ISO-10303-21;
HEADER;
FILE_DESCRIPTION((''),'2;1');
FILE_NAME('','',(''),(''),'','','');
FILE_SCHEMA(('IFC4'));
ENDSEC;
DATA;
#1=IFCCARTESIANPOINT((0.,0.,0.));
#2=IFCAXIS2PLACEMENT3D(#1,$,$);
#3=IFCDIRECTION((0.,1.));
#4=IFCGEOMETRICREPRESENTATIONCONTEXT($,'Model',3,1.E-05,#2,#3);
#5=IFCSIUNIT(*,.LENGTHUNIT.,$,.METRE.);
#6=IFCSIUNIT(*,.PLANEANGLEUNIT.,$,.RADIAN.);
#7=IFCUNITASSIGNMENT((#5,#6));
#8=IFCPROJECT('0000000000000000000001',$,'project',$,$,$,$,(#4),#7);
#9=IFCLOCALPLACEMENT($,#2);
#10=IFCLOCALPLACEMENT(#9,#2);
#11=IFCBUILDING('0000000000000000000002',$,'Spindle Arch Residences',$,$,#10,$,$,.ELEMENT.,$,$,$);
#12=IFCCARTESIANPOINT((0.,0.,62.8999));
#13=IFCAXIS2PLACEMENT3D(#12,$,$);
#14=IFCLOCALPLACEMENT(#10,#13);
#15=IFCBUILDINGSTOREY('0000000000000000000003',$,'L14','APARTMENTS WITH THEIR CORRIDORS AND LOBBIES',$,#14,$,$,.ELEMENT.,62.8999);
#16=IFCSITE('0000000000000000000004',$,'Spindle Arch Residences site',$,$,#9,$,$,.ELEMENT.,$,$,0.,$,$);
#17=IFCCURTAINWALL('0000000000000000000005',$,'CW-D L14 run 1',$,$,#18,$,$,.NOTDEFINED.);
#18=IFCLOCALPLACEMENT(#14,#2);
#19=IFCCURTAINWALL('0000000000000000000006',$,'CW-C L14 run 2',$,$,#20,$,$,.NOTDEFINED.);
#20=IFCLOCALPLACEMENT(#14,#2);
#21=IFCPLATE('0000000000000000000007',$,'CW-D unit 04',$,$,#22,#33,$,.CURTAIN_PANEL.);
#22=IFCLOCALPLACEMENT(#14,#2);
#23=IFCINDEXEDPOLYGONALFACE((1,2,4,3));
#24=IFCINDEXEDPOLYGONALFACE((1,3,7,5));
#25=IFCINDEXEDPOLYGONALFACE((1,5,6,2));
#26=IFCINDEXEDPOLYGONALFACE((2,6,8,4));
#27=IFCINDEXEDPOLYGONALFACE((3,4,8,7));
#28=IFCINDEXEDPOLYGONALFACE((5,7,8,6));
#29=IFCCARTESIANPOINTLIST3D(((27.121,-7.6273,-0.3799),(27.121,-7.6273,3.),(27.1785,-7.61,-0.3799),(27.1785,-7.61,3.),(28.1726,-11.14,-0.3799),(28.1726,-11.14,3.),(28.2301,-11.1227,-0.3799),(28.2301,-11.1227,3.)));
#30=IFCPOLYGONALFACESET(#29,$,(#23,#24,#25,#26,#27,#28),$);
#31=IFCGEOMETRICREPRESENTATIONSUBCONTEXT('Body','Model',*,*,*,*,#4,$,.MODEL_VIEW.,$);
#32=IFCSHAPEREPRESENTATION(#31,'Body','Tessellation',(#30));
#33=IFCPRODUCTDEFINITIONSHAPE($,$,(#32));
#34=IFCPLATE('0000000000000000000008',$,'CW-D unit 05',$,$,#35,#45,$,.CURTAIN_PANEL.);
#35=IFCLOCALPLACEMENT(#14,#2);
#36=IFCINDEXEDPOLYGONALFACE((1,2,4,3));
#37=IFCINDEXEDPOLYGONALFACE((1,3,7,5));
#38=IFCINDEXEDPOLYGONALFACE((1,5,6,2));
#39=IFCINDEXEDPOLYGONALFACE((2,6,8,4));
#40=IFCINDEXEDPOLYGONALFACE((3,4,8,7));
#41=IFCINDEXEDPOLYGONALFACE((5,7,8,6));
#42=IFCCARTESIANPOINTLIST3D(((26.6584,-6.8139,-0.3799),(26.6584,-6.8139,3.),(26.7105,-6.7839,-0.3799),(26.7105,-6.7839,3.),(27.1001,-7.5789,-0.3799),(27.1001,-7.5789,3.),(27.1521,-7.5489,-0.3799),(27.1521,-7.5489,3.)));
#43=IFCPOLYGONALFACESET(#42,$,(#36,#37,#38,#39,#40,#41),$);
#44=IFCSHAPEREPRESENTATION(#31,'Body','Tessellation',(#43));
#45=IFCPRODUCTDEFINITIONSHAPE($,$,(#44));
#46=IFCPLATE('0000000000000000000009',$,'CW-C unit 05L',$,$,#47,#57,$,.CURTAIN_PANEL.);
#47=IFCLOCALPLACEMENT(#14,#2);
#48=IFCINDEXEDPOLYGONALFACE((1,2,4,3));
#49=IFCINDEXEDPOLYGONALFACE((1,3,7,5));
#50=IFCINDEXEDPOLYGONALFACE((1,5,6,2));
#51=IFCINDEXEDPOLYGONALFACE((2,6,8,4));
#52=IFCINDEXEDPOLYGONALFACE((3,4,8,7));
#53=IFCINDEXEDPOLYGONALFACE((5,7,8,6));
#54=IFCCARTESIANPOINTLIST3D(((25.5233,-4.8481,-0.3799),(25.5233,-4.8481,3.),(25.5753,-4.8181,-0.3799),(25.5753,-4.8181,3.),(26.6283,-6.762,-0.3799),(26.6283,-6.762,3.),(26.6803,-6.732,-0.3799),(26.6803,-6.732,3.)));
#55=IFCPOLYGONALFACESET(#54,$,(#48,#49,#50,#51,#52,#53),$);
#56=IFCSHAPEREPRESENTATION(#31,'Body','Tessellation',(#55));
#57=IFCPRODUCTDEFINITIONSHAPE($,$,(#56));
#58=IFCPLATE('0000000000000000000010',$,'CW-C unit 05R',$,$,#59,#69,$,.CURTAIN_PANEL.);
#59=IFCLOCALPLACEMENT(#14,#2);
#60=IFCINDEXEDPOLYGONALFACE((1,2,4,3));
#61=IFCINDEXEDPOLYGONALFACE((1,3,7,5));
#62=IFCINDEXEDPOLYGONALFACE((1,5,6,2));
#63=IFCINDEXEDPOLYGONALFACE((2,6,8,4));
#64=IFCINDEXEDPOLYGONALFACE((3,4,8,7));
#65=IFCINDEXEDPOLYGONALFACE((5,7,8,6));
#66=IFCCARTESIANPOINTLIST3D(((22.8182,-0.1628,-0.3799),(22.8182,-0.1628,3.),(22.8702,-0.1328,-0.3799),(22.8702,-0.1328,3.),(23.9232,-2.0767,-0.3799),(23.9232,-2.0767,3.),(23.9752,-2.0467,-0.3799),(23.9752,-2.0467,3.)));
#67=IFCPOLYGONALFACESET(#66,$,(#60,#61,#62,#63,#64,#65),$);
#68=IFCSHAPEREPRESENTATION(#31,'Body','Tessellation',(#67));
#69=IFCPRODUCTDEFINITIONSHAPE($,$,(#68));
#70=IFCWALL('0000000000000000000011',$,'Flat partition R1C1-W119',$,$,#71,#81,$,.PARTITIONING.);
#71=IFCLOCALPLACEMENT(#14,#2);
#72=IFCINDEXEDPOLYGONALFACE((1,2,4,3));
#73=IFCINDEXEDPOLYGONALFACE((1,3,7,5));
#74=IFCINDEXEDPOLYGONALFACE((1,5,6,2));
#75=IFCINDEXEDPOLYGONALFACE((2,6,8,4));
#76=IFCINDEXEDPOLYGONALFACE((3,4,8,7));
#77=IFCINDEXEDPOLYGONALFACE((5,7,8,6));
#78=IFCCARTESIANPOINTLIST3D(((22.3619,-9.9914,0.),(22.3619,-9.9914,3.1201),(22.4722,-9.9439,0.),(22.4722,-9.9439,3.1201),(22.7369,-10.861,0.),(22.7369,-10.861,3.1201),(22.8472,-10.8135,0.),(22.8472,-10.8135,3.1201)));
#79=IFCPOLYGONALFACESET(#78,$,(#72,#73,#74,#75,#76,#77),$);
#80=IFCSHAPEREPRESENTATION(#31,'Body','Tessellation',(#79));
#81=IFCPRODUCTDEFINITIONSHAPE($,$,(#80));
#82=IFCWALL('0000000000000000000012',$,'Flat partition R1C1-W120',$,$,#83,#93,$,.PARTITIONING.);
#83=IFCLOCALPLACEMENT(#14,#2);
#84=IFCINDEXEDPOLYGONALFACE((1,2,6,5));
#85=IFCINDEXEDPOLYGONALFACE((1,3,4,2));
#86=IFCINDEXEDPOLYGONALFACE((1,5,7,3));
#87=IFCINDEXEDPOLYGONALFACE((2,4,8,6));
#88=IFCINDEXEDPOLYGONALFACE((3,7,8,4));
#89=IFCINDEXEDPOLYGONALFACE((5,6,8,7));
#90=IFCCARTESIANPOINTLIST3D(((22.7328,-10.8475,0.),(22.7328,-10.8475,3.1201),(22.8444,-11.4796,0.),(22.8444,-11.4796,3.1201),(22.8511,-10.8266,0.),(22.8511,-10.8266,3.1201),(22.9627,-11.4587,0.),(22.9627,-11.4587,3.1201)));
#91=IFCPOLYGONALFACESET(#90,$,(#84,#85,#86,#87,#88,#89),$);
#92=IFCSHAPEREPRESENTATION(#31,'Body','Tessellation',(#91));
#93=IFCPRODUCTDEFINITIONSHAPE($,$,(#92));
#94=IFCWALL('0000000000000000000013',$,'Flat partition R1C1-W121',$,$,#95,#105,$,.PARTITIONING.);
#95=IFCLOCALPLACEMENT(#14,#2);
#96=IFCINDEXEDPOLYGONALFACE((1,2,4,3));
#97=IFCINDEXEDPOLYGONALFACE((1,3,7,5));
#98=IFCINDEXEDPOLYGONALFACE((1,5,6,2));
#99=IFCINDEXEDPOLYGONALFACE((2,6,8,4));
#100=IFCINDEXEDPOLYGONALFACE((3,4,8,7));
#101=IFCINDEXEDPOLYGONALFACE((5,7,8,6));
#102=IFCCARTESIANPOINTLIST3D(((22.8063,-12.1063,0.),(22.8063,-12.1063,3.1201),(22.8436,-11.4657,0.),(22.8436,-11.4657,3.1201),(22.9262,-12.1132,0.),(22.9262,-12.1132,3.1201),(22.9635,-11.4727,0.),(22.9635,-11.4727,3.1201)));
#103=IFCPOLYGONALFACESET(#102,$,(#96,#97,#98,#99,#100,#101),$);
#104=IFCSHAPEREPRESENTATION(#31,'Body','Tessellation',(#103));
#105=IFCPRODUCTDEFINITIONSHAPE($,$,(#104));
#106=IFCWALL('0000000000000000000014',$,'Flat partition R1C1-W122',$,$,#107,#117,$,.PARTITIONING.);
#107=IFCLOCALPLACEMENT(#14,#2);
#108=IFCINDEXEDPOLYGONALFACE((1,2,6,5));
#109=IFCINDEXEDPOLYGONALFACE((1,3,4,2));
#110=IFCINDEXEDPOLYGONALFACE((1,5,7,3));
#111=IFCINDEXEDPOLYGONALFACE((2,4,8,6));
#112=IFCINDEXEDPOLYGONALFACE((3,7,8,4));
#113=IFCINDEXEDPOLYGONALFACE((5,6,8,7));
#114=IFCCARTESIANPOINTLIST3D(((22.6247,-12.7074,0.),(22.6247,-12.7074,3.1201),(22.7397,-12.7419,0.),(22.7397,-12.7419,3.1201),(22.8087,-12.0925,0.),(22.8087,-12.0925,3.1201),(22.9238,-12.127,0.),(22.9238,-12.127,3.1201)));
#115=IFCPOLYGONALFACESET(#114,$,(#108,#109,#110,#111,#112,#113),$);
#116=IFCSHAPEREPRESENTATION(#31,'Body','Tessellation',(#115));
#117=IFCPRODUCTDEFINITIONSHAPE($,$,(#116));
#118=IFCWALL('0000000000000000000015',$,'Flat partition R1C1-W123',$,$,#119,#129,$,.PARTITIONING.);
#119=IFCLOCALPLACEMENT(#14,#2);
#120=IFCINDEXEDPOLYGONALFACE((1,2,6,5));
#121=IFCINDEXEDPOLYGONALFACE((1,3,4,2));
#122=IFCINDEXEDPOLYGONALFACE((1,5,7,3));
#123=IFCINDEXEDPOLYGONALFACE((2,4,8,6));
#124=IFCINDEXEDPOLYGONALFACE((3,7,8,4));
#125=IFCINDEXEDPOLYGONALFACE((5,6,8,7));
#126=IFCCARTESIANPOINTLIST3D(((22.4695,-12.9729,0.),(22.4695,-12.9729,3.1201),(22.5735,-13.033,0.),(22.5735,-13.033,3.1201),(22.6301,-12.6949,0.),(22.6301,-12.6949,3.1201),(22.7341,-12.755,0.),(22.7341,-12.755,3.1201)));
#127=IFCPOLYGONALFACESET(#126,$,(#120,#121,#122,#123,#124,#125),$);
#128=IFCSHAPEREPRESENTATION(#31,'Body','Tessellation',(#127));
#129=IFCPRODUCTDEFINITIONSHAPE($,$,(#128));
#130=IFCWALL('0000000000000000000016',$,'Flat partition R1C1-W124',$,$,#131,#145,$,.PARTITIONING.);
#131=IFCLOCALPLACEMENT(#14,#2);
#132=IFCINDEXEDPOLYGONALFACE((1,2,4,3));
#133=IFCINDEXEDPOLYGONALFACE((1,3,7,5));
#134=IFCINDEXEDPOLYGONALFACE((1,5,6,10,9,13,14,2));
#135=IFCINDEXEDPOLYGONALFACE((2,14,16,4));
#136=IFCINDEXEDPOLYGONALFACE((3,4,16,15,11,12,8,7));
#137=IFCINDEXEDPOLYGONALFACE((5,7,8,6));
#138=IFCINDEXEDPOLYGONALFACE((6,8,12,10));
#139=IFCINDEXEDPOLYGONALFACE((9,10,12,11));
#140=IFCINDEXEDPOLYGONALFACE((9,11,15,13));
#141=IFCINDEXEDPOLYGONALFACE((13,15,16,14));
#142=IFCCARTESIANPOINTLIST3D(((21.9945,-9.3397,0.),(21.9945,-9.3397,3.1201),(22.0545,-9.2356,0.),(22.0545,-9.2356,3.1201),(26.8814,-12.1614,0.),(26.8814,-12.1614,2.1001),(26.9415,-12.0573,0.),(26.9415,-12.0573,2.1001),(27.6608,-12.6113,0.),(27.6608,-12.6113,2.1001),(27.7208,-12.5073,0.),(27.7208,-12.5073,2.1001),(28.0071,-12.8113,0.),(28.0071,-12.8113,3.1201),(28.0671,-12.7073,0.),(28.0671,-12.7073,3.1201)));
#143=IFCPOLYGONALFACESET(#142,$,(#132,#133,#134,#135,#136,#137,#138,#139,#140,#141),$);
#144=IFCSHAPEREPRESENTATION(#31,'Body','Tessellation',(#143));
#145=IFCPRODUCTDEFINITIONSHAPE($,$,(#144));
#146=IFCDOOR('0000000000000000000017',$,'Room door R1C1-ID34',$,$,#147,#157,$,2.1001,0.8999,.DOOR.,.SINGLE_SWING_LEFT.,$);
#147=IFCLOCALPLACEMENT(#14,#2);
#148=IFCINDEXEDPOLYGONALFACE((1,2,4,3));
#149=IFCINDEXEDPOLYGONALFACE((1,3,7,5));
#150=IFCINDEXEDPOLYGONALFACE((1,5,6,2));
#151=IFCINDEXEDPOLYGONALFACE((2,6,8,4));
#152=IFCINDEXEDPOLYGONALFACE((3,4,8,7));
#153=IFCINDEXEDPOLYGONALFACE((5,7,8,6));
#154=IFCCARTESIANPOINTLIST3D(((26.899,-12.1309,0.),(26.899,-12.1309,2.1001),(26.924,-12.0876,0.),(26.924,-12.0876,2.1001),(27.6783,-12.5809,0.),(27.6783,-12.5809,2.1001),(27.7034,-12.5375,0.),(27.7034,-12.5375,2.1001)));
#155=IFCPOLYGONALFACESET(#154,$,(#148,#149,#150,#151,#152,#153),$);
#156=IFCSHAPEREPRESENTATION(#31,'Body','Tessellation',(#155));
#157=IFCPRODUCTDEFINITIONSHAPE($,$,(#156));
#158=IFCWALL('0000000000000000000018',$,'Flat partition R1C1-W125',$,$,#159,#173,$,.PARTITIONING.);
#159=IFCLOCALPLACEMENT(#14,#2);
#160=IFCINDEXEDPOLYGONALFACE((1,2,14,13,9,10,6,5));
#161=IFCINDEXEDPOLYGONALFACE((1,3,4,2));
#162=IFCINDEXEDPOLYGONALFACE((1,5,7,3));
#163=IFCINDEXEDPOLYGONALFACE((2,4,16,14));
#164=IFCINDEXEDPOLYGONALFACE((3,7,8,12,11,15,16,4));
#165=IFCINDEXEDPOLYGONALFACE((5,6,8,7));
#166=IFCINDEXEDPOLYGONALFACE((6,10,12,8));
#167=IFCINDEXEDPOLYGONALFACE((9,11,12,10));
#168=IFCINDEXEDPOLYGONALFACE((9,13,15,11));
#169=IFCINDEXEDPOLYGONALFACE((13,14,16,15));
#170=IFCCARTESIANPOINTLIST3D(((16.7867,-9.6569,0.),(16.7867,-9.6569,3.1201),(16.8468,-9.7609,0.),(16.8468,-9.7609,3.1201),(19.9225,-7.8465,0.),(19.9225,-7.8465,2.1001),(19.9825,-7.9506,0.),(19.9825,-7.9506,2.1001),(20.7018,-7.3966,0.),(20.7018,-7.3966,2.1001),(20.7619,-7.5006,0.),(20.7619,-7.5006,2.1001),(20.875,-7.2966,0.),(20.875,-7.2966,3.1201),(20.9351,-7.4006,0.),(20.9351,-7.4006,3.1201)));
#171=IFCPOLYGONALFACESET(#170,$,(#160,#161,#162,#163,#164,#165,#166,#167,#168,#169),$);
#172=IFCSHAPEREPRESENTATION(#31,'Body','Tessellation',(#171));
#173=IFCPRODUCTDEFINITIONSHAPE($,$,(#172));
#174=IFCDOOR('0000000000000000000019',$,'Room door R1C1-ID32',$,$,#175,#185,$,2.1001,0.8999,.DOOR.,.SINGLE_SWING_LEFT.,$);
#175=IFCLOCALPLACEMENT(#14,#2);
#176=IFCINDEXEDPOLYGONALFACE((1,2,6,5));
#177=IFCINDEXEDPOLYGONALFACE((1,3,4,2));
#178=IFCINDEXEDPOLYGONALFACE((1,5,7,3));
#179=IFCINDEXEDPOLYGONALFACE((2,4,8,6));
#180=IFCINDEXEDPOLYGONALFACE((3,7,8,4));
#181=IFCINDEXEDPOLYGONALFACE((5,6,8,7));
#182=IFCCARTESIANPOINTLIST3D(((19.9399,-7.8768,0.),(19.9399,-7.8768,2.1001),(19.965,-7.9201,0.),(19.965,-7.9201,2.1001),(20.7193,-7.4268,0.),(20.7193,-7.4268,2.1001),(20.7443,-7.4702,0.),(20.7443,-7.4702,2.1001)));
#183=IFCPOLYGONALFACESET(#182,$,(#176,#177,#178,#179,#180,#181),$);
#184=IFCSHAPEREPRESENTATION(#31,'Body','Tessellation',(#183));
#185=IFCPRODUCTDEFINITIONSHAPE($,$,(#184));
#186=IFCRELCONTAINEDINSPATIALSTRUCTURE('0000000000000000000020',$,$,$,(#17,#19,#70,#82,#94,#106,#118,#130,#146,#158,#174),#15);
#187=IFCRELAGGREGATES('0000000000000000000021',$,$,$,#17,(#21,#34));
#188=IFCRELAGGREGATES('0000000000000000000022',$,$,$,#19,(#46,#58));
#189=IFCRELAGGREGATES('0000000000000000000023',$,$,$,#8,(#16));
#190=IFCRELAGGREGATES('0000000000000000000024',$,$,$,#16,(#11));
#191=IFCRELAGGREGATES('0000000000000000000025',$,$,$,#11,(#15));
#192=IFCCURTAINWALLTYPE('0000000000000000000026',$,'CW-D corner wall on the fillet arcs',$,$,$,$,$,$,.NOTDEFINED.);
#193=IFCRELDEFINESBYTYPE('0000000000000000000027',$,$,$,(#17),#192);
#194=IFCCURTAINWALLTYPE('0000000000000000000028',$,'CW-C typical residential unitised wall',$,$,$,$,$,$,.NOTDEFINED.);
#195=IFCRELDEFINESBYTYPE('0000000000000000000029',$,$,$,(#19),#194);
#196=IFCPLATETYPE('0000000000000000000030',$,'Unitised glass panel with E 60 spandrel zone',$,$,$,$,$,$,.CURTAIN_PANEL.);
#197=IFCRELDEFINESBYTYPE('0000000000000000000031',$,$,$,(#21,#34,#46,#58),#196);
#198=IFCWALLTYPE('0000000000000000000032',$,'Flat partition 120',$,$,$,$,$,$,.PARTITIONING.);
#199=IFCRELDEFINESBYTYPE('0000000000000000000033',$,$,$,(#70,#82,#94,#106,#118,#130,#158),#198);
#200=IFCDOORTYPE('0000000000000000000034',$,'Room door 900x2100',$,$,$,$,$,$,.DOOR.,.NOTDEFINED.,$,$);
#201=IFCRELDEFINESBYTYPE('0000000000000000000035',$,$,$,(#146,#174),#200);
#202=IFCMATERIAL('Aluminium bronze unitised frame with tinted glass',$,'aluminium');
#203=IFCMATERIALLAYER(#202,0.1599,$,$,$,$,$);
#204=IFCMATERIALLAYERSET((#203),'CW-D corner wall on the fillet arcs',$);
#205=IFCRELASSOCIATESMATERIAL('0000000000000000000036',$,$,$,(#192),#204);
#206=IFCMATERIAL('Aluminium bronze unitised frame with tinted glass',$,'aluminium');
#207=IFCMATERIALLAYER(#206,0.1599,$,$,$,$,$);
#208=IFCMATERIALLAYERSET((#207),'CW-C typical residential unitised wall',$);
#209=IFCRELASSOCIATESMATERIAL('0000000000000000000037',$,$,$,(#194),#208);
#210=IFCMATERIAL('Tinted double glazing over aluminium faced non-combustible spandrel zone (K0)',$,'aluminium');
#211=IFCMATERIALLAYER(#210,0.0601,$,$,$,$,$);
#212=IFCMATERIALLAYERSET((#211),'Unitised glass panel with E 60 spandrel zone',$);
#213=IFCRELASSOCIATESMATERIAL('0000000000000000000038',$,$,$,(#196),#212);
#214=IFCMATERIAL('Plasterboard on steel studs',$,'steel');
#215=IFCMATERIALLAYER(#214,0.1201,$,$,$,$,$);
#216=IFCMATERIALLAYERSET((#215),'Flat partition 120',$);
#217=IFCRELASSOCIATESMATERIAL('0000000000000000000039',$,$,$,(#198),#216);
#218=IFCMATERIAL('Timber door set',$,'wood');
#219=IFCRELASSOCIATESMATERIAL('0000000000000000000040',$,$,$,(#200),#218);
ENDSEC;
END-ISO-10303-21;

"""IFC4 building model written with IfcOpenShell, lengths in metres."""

from ifc_helpers import new_model, si_unit, direction, frame, frame_2d, origin, origin_2d, place, context, subcontext, project, spatial, rectangle, extrude, material, layer, layer_set, type_object, element, fill, aggregate, save


model = new_model("IFC4")

# Units and contexts
model_context = context("Model", 3, precision=1e-05, world=origin(), true_north=direction((0.0, 1.0)))
body_context = subcontext(model_context, "Body", "Model", "MODEL_VIEW")
ifc_project = project(units=[si_unit("LENGTHUNIT", "METRE"), si_unit("PLANEANGLEUNIT", "RADIAN")], contexts=[model_context])

# Site, building, storey
site_placement = place(None, origin())
site = spatial("IfcSite", under=ifc_project, at=site_placement, Name="Spindle Arch Residences site", CompositionType="ELEMENT", RefElevation=0.0)
building_placement = place(site_placement, origin())
building = spatial("IfcBuilding", under=site, at=building_placement, Name="Spindle Arch Residences", CompositionType="ELEMENT")
storey_placement = place(building_placement, frame((0.0, 0.0, 62.8999)))
storey = spatial("IfcBuildingStorey", under=building, at=storey_placement, Name="L14", Description="APARTMENTS WITH THEIR CORRIDORS AND LOBBIES", CompositionType="ELEMENT", Elevation=62.8999)

# Curtain walls
ifc_material_1 = material(Name="Aluminium bronze unitised frame with tinted glass", Category="aluminium")
ifc_layer_1 = layer(ifc_material_1, 0.1599)
ifc_layer_set_1 = layer_set([ifc_layer_1], Name="CW-D corner wall on the fillet arcs")
curtain_wall_type_1 = type_object("IfcCurtainWallType", Name="CW-D corner wall on the fillet arcs", PredefinedType="NOTDEFINED", material=ifc_layer_set_1)
curtain_wall_1_placement = place(storey_placement, origin())
curtain_wall_1 = element("IfcCurtainWall", 1, at=curtain_wall_1_placement, inside=storey, type_object=curtain_wall_type_1, Name="CW-D L14 run 1", PredefinedType="NOTDEFINED")
ifc_material_2 = material(Name="Aluminium bronze unitised frame with tinted glass", Category="aluminium")
ifc_layer_2 = layer(ifc_material_2, 0.1599)
ifc_layer_set_2 = layer_set([ifc_layer_2], Name="CW-C typical residential unitised wall")
curtain_wall_type_2 = type_object("IfcCurtainWallType", Name="CW-C typical residential unitised wall", PredefinedType="NOTDEFINED", material=ifc_layer_set_2)
curtain_wall_2_placement = place(storey_placement, origin())
curtain_wall_2 = element("IfcCurtainWall", 2, at=curtain_wall_2_placement, inside=storey, type_object=curtain_wall_type_2, Name="CW-C L14 run 2", PredefinedType="NOTDEFINED")

# Plates
ifc_material_3 = material(Name="Tinted double glazing over aluminium faced non-combustible spandrel zone (K0)", Category="aluminium")
ifc_layer_3 = layer(ifc_material_3, 0.0601)
ifc_layer_set_3 = layer_set([ifc_layer_3], Name="Unitised glass panel with E 60 spandrel zone")
plate_type = type_object("IfcPlateType", Name="Unitised glass panel with E 60 spandrel zone", PredefinedType="CURTAIN_PANEL", material=ifc_layer_set_3)
plate_1_placement = place(storey_placement, frame((27.6755, -9.375, -0.3799), z_axis=(0.0, 0.0, 1.0), x_axis=(-0.286803, 0.95799, 0.0)))
plate_1 = element("IfcPlate", 3, at=plate_1_placement, type_object=plate_type, Name="CW-D unit 04", PredefinedType="CURTAIN_PANEL", context=body_context, shape_type="SweptSolid", body=[
    extrude(rectangle(XDim=3.6667, YDim=0.0601, at=origin_2d()), origin(), (0.0, 0.0, 1.0), 3.3799),
])
plate_2_placement = place(storey_placement, frame((26.9053, -7.1814, -0.3799), z_axis=(0.0, 0.0, 1.0), x_axis=(-0.5, 0.866025, 0.0)))
plate_2 = element("IfcPlate", 4, at=plate_2_placement, type_object=plate_type, Name="CW-D unit 05", PredefinedType="CURTAIN_PANEL", context=body_context, shape_type="SweptSolid", body=[
    extrude(rectangle(XDim=0.8833, YDim=0.0601, at=origin_2d()), origin(), (0.0, 0.0, 1.0), 3.3799),
])
aggregate(curtain_wall_1, [plate_1, plate_2])
plate_3_placement = place(storey_placement, frame((26.1018, -5.79, -0.3799), z_axis=(0.0, 0.0, 1.0), x_axis=(-0.5, 0.866025, 0.0)))
plate_3 = element("IfcPlate", 5, at=plate_3_placement, type_object=plate_type, Name="CW-C unit 05L", PredefinedType="CURTAIN_PANEL", context=body_context, shape_type="SweptSolid", body=[
    extrude(rectangle(XDim=2.21, YDim=0.0601, at=origin_2d()), origin(), (0.0, 0.0, 1.0), 3.3799),
])
plate_4_placement = place(storey_placement, frame((23.3967, -1.1047, -0.3799), z_axis=(0.0, 0.0, 1.0), x_axis=(-0.5, 0.866025, 0.0)))
plate_4 = element("IfcPlate", 6, at=plate_4_placement, type_object=plate_type, Name="CW-C unit 05R", PredefinedType="CURTAIN_PANEL", context=body_context, shape_type="SweptSolid", body=[
    extrude(rectangle(XDim=2.21, YDim=0.0601, at=origin_2d()), origin(), (0.0, 0.0, 1.0), 3.3799),
])
aggregate(curtain_wall_2, [plate_3, plate_4])

# Walls
ifc_material_4 = material(Name="Plasterboard on steel studs", Category="steel")
ifc_layer_4 = layer(ifc_material_4, 0.1201)
ifc_layer_set_4 = layer_set([ifc_layer_4], Name="Flat partition 120")
wall_type_1 = type_object("IfcWallType", Name="Flat partition 120", PredefinedType="PARTITIONING", material=ifc_layer_set_4)
wall_1_placement = place(storey_placement, frame((22.417, -9.9675, 0.0), z_axis=(0.0, 0.0, 1.0), x_axis=(0.395972, -0.918263, 0.0)))
element("IfcWall", 7, at=wall_1_placement, inside=storey, type_object=wall_type_1, Name="Flat partition R1C1-W119", PredefinedType="PARTITIONING", context=body_context, shape_type="SweptSolid", body=[
    extrude(rectangle(XDim=0.947, YDim=0.1201, at=frame_2d((0.4736, 0.0))), origin(), (0.0, 0.0, 1.0), 3.1201),
])
wall_2_placement = place(storey_placement, frame((22.792, -10.8372, 0.0), z_axis=(0.0, 0.0, 1.0), x_axis=(0.173829, -0.984776, 0.0)))
element("IfcWall", 8, at=wall_2_placement, inside=storey, type_object=wall_type_1, Name="Flat partition R1C1-W120", PredefinedType="PARTITIONING", context=body_context, shape_type="SweptSolid", body=[
    extrude(rectangle(XDim=0.6418, YDim=0.1201, at=frame_2d((0.3208, 0.0))), origin(), (0.0, 0.0, 1.0), 3.1201),
])
wall_3_placement = place(storey_placement, frame((22.9036, -11.4692, 0.0), z_axis=(0.0, 0.0, 1.0), x_axis=(-0.058209, -0.998304, 0.0)))
element("IfcWall", 9, at=wall_3_placement, inside=storey, type_object=wall_type_1, Name="Flat partition R1C1-W121", PredefinedType="PARTITIONING", context=body_context, shape_type="SweptSolid", body=[
    extrude(rectangle(XDim=0.6416, YDim=0.1201, at=frame_2d((0.3208, 0.0))), origin(), (0.0, 0.0, 1.0), 3.1201),
])
wall_4_placement = place(storey_placement, frame((22.8662, -12.1099, 0.0), z_axis=(0.0, 0.0, 1.0), x_axis=(-0.286755, -0.958004, 0.0)))
element("IfcWall", 10, at=wall_4_placement, inside=storey, type_object=wall_type_1, Name="Flat partition R1C1-W122", PredefinedType="PARTITIONING", context=body_context, shape_type="SweptSolid", body=[
    extrude(rectangle(XDim=0.6418, YDim=0.1201, at=frame_2d((0.3208, 0.0))), origin(), (0.0, 0.0, 1.0), 3.1201),
])
wall_5_placement = place(storey_placement, frame((22.6821, -12.7249, 0.0), z_axis=(0.0, 0.0, 1.0), x_axis=(-0.500227, -0.865894, 0.0)))
element("IfcWall", 11, at=wall_5_placement, inside=storey, type_object=wall_type_1, Name="Flat partition R1C1-W123", PredefinedType="PARTITIONING", context=body_context, shape_type="SweptSolid", body=[
    extrude(rectangle(XDim=0.321, YDim=0.1201, at=frame_2d((0.1606, 0.0))), origin(), (0.0, 0.0, 1.0), 3.1201),
])

# Walls, openings, doors
wall_6_placement = place(storey_placement, frame((28.0371, -12.7593, 0.0), z_axis=(0.0, 0.0, 1.0), x_axis=(-0.86601, 0.500027, 0.0)))
wall_6 = element("IfcWall", 12, at=wall_6_placement, inside=storey, type_object=wall_type_1, Name="Flat partition R1C1-W124", PredefinedType="PARTITIONING", context=body_context, shape_type="SweptSolid", body=[
    extrude(rectangle(XDim=6.9429, YDim=0.1201, at=frame_2d((3.4714, 0.0))), origin(), (0.0, 0.0, 1.0), 3.1201),
])
opening_1_placement = place(wall_6_placement, frame((0.3999, 0.0, 0.0)))
opening_1 = element("IfcOpeningElement", 13, at=opening_1_placement, cuts=wall_6, PredefinedType="OPENING", context=body_context, shape_type="SweptSolid", body=[
    extrude(rectangle(XDim=0.8999, YDim=2.1001, at=frame_2d((0.45, 1.05))), frame((0.0, 0.0701, 0.0), z_axis=(0.0, -1.0, 0.0), x_axis=(1.0, 0.0, 0.0)), (0.0, 0.0, 1.0), 0.1401),
])
ifc_material_5 = material(Name="Timber door set", Category="wood")
door_type_1 = type_object("IfcDoorType", Name="Room door 900x2100", OperationType="NOTDEFINED", PredefinedType="DOOR", material=ifc_material_5)
door_1_placement = place(opening_1_placement, origin())
door_1 = element("IfcDoor", 14, at=door_1_placement, inside=storey, type_object=door_type_1, Name="Room door R1C1-ID34", OperationType="SINGLE_SWING_LEFT", OverallHeight=2.1001, OverallWidth=0.8999, PredefinedType="DOOR", context=body_context, shape_type="SweptSolid", body=[
    extrude(rectangle(XDim=0.8999, YDim=2.1001, at=frame_2d((0.45, 1.05))), frame((0.0, 0.0249, 0.0), z_axis=(0.0, -1.0, 0.0), x_axis=(1.0, 0.0, 0.0)), (0.0, 0.0, 1.0), 0.05),
])
fill(opening_1, door_1)
wall_7_placement = place(storey_placement, frame((20.905, -7.3486, 0.0), z_axis=(0.0, 0.0, 1.0), x_axis=(-0.866032, -0.499988, 0.0)))
wall_7 = element("IfcWall", 15, at=wall_7_placement, inside=storey, type_object=wall_type_1, Name="Flat partition R1C1-W125", PredefinedType="PARTITIONING", context=body_context, shape_type="SweptSolid", body=[
    extrude(rectangle(XDim=4.7207, YDim=0.1201, at=frame_2d((2.3604, 0.0))), origin(), (0.0, 0.0, 1.0), 3.1201),
])
opening_2_placement = place(wall_7_placement, frame((0.2, 0.0, 0.0)))
opening_2 = element("IfcOpeningElement", 16, at=opening_2_placement, cuts=wall_7, PredefinedType="OPENING", context=body_context, shape_type="SweptSolid", body=[
    extrude(rectangle(XDim=0.8999, YDim=2.1001, at=frame_2d((0.45, 1.05))), frame((0.0, 0.0701, 0.0), z_axis=(0.0, -1.0, 0.0), x_axis=(1.0, 0.0, 0.0)), (0.0, 0.0, 1.0), 0.1401),
])
door_2_placement = place(opening_2_placement, origin())
door_2 = element("IfcDoor", 17, at=door_2_placement, inside=storey, type_object=door_type_1, Name="Room door R1C1-ID32", OperationType="SINGLE_SWING_LEFT", OverallHeight=2.1001, OverallWidth=0.8999, PredefinedType="DOOR", context=body_context, shape_type="SweptSolid", body=[
    extrude(rectangle(XDim=0.8999, YDim=2.1001, at=frame_2d((0.45, 1.05))), frame((0.0, 0.0249, 0.0), z_axis=(0.0, -1.0, 0.0), x_axis=(1.0, 0.0, 0.0)), (0.0, 0.0, 1.0), 0.05),
])
fill(opening_2, door_2)

save(model, "model.ifc")
